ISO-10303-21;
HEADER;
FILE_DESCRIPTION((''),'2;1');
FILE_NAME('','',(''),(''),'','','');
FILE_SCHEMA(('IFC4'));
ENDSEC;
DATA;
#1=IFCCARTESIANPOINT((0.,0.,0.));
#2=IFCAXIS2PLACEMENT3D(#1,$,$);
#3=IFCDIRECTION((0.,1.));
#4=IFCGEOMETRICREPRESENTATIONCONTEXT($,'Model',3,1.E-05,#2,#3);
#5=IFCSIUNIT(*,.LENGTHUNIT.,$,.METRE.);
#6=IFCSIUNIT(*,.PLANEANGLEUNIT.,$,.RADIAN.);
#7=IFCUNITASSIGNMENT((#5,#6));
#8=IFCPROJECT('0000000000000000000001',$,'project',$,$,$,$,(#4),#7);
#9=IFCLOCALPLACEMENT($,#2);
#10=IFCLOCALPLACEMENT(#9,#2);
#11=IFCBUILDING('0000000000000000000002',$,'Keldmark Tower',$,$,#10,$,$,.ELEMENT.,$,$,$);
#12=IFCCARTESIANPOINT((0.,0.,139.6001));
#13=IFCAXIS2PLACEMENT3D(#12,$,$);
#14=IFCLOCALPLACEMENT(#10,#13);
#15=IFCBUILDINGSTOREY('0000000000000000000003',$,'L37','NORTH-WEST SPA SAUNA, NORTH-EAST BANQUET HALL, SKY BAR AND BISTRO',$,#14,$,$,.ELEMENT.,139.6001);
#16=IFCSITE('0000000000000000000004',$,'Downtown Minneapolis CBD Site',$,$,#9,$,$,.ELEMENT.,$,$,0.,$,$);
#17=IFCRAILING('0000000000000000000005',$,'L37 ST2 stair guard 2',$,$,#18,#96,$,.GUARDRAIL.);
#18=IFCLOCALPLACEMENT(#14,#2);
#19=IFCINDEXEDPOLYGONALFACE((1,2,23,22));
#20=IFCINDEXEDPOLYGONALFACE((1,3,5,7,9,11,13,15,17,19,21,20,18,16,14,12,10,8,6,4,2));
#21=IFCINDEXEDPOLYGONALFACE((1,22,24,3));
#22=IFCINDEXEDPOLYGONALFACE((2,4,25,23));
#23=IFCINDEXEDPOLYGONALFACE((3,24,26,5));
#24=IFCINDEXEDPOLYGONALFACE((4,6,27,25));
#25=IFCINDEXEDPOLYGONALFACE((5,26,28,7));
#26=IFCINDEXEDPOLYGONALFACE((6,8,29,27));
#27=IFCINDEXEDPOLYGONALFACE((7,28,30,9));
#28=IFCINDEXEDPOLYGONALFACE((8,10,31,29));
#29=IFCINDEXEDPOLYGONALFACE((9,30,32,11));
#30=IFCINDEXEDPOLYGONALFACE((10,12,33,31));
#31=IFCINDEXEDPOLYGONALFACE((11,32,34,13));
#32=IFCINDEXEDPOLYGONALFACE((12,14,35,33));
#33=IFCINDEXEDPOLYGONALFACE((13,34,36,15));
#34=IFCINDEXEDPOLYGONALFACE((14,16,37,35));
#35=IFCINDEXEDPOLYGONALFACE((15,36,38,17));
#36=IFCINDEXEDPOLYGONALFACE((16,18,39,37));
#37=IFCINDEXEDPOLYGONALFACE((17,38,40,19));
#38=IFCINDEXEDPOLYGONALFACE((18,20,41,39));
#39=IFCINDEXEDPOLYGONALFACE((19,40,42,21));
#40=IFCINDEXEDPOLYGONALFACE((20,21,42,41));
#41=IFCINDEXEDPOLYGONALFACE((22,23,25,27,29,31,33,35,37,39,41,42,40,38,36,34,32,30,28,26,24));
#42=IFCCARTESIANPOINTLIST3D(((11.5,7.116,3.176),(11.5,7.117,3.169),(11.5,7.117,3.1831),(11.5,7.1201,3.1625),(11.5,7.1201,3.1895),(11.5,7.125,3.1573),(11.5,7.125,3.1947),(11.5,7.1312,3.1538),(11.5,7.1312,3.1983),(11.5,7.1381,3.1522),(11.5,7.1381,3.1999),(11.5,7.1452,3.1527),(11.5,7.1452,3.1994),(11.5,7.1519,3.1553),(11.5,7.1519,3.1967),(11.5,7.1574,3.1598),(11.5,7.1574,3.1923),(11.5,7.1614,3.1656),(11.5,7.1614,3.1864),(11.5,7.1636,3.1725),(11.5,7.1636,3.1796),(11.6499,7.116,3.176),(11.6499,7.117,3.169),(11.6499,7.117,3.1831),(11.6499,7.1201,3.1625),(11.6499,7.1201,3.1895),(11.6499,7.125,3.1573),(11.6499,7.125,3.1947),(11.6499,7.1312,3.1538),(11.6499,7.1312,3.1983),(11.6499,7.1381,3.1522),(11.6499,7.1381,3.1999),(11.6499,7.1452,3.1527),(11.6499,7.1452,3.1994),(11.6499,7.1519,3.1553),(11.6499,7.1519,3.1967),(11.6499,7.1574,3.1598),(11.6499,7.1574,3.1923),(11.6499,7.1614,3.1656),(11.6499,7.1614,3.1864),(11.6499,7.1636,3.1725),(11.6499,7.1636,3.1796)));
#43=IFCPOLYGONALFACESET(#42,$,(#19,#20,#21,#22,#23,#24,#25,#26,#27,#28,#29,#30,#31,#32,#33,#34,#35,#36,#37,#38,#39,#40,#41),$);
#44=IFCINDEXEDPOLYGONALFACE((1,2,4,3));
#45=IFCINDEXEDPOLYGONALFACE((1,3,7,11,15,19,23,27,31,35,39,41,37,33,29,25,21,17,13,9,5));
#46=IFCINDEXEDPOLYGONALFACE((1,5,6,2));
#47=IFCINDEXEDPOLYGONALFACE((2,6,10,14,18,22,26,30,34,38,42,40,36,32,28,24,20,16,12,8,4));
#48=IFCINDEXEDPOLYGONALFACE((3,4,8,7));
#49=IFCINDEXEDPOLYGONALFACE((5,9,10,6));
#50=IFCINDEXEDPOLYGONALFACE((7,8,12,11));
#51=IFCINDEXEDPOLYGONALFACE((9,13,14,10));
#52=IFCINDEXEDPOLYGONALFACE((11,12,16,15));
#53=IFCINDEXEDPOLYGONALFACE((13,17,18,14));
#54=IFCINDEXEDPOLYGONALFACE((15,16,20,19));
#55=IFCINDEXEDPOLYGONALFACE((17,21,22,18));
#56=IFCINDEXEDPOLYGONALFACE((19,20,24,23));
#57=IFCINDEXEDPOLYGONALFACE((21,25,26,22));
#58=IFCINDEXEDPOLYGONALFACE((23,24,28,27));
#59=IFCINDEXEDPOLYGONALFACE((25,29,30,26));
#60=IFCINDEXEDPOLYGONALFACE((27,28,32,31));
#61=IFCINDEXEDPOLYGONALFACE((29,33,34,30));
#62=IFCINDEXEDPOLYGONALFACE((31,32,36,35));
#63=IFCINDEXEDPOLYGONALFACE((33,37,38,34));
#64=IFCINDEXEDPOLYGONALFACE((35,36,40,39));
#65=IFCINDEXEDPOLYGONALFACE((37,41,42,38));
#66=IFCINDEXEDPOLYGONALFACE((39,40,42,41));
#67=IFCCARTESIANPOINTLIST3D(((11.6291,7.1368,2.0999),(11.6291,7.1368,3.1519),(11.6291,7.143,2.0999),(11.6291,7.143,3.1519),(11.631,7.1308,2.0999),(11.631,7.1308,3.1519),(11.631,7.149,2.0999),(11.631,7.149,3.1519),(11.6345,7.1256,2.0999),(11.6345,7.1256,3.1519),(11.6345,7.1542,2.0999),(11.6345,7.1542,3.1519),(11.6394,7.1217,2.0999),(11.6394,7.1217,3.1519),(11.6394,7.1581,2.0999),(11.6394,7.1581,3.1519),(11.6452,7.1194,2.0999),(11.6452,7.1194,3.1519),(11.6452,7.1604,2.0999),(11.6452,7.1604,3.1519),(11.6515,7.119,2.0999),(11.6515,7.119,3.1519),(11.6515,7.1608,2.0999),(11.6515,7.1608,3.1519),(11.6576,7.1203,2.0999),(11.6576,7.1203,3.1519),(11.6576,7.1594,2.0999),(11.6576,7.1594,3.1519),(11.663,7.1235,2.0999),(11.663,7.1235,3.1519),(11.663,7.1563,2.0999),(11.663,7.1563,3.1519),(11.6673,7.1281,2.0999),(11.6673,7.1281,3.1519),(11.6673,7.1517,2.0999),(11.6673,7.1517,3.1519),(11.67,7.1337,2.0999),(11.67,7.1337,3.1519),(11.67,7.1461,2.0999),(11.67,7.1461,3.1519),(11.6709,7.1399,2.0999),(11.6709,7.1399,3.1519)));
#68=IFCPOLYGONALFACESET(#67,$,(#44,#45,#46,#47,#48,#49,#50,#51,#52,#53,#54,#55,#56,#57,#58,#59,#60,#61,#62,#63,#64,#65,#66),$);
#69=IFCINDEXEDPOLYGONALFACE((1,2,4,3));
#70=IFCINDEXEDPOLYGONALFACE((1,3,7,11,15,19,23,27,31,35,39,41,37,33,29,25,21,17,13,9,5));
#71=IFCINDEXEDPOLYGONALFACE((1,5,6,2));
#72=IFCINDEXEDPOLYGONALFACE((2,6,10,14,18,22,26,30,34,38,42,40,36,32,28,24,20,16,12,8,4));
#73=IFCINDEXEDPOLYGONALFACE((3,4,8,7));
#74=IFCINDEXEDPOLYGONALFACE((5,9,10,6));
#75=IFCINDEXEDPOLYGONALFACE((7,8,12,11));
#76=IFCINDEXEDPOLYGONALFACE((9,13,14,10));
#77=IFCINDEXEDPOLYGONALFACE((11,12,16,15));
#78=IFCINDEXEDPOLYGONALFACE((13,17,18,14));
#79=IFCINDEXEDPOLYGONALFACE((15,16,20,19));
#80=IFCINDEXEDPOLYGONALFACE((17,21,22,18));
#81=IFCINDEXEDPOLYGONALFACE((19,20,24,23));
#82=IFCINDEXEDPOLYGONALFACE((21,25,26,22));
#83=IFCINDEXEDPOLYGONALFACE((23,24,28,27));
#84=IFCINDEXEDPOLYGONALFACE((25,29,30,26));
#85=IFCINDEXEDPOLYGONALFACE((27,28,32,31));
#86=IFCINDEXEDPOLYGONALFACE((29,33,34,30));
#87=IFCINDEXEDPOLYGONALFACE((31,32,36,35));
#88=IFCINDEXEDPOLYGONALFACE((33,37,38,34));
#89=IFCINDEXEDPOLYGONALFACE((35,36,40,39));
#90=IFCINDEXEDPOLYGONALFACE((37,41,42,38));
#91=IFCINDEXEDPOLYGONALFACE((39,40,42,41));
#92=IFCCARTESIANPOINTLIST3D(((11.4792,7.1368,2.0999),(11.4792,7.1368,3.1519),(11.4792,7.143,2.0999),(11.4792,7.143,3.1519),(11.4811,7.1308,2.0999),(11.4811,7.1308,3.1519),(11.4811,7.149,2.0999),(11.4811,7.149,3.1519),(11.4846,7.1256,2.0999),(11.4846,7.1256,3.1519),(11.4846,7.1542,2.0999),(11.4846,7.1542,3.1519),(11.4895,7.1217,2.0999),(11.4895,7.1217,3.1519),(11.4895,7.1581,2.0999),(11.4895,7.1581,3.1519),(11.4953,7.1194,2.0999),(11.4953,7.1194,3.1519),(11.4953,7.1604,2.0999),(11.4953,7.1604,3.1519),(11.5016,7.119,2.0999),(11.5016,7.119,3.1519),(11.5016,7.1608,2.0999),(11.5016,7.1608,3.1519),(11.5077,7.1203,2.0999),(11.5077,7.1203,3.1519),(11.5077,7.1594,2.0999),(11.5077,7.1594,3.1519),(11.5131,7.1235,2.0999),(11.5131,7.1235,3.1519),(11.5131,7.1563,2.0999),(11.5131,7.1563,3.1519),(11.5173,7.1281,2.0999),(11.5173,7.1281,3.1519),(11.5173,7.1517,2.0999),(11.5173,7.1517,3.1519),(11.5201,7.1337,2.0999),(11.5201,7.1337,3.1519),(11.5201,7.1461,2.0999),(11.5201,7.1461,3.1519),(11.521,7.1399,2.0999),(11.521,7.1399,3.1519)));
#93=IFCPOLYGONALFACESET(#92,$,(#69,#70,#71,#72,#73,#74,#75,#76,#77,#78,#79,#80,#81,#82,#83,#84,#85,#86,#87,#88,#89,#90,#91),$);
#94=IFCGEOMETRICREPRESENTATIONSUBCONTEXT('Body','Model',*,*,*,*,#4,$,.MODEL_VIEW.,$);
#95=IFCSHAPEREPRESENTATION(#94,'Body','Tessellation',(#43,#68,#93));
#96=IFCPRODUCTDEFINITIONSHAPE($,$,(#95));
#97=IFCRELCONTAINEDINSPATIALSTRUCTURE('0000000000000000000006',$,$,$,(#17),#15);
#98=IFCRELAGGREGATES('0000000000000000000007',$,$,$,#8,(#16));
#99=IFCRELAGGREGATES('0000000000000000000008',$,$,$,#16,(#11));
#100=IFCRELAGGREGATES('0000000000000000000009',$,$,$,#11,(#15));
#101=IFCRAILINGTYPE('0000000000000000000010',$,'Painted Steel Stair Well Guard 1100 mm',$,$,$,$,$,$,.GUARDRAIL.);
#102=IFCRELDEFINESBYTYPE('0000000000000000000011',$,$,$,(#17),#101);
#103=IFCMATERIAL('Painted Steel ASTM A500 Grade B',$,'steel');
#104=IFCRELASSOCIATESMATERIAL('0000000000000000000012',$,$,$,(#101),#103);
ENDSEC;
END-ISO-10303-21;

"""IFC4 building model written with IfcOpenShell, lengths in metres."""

from ifc_helpers import new_model, si_unit, direction, frame, origin, origin_2d, place, context, subcontext, project, spatial, circle, extrude, material, type_object, element, save


model = new_model("IFC4")

# Units and contexts
model_context = context("Model", 3, precision=1e-05, world=origin(), true_north=direction((0.0, 1.0)))
body_context = subcontext(model_context, "Body", "Model", "MODEL_VIEW")
ifc_project = project(units=[si_unit("LENGTHUNIT", "METRE"), si_unit("PLANEANGLEUNIT", "RADIAN")], contexts=[model_context])

# Site, building, storey
site_placement = place(None, origin())
site = spatial("IfcSite", under=ifc_project, at=site_placement, Name="Downtown Minneapolis CBD Site", CompositionType="ELEMENT", RefElevation=0.0)
building_placement = place(site_placement, origin())
building = spatial("IfcBuilding", under=site, at=building_placement, Name="Keldmark Tower", CompositionType="ELEMENT")
storey_placement = place(building_placement, frame((0.0, 0.0, 139.6001)))
storey = spatial("IfcBuildingStorey", under=building, at=storey_placement, Name="L37", Description="NORTH-WEST SPA SAUNA, NORTH-EAST BANQUET HALL, SKY BAR AND BISTRO", CompositionType="ELEMENT", Elevation=139.6001)

# Railing
ifc_material_1 = material(Name="Painted Steel ASTM A500 Grade B", Category="steel")
railing_type_1 = type_object("IfcRailingType", Name="Painted Steel Stair Well Guard 1100 mm", PredefinedType="GUARDRAIL", material=ifc_material_1)
railing_1_placement = place(storey_placement, frame((11.6499, 7.1399, 2.0999)))
element("IfcRailing", 1, at=railing_1_placement, inside=storey, type_object=railing_type_1, Name="L37 ST2 stair guard 2", PredefinedType="GUARDRAIL", context=body_context, shape_type="SweptSolid", body=[
    extrude(circle(Radius=0.0239, at=origin_2d()), frame((0.0, 0.0, 1.0762), z_axis=(-1.0, 0.0, 0.0), x_axis=(0.0, -1.0, 0.0)), (0.0, 0.0, 1.0), 0.1499),
    extrude(circle(Radius=0.021, at=origin_2d()), origin(), (0.0, 0.0, 1.0), 1.052),
    extrude(circle(Radius=0.021, at=origin_2d()), frame((-0.1499, 0.0, 0.0)), (0.0, 0.0, 1.0), 1.052),
])

save(model, "model.ifc")
